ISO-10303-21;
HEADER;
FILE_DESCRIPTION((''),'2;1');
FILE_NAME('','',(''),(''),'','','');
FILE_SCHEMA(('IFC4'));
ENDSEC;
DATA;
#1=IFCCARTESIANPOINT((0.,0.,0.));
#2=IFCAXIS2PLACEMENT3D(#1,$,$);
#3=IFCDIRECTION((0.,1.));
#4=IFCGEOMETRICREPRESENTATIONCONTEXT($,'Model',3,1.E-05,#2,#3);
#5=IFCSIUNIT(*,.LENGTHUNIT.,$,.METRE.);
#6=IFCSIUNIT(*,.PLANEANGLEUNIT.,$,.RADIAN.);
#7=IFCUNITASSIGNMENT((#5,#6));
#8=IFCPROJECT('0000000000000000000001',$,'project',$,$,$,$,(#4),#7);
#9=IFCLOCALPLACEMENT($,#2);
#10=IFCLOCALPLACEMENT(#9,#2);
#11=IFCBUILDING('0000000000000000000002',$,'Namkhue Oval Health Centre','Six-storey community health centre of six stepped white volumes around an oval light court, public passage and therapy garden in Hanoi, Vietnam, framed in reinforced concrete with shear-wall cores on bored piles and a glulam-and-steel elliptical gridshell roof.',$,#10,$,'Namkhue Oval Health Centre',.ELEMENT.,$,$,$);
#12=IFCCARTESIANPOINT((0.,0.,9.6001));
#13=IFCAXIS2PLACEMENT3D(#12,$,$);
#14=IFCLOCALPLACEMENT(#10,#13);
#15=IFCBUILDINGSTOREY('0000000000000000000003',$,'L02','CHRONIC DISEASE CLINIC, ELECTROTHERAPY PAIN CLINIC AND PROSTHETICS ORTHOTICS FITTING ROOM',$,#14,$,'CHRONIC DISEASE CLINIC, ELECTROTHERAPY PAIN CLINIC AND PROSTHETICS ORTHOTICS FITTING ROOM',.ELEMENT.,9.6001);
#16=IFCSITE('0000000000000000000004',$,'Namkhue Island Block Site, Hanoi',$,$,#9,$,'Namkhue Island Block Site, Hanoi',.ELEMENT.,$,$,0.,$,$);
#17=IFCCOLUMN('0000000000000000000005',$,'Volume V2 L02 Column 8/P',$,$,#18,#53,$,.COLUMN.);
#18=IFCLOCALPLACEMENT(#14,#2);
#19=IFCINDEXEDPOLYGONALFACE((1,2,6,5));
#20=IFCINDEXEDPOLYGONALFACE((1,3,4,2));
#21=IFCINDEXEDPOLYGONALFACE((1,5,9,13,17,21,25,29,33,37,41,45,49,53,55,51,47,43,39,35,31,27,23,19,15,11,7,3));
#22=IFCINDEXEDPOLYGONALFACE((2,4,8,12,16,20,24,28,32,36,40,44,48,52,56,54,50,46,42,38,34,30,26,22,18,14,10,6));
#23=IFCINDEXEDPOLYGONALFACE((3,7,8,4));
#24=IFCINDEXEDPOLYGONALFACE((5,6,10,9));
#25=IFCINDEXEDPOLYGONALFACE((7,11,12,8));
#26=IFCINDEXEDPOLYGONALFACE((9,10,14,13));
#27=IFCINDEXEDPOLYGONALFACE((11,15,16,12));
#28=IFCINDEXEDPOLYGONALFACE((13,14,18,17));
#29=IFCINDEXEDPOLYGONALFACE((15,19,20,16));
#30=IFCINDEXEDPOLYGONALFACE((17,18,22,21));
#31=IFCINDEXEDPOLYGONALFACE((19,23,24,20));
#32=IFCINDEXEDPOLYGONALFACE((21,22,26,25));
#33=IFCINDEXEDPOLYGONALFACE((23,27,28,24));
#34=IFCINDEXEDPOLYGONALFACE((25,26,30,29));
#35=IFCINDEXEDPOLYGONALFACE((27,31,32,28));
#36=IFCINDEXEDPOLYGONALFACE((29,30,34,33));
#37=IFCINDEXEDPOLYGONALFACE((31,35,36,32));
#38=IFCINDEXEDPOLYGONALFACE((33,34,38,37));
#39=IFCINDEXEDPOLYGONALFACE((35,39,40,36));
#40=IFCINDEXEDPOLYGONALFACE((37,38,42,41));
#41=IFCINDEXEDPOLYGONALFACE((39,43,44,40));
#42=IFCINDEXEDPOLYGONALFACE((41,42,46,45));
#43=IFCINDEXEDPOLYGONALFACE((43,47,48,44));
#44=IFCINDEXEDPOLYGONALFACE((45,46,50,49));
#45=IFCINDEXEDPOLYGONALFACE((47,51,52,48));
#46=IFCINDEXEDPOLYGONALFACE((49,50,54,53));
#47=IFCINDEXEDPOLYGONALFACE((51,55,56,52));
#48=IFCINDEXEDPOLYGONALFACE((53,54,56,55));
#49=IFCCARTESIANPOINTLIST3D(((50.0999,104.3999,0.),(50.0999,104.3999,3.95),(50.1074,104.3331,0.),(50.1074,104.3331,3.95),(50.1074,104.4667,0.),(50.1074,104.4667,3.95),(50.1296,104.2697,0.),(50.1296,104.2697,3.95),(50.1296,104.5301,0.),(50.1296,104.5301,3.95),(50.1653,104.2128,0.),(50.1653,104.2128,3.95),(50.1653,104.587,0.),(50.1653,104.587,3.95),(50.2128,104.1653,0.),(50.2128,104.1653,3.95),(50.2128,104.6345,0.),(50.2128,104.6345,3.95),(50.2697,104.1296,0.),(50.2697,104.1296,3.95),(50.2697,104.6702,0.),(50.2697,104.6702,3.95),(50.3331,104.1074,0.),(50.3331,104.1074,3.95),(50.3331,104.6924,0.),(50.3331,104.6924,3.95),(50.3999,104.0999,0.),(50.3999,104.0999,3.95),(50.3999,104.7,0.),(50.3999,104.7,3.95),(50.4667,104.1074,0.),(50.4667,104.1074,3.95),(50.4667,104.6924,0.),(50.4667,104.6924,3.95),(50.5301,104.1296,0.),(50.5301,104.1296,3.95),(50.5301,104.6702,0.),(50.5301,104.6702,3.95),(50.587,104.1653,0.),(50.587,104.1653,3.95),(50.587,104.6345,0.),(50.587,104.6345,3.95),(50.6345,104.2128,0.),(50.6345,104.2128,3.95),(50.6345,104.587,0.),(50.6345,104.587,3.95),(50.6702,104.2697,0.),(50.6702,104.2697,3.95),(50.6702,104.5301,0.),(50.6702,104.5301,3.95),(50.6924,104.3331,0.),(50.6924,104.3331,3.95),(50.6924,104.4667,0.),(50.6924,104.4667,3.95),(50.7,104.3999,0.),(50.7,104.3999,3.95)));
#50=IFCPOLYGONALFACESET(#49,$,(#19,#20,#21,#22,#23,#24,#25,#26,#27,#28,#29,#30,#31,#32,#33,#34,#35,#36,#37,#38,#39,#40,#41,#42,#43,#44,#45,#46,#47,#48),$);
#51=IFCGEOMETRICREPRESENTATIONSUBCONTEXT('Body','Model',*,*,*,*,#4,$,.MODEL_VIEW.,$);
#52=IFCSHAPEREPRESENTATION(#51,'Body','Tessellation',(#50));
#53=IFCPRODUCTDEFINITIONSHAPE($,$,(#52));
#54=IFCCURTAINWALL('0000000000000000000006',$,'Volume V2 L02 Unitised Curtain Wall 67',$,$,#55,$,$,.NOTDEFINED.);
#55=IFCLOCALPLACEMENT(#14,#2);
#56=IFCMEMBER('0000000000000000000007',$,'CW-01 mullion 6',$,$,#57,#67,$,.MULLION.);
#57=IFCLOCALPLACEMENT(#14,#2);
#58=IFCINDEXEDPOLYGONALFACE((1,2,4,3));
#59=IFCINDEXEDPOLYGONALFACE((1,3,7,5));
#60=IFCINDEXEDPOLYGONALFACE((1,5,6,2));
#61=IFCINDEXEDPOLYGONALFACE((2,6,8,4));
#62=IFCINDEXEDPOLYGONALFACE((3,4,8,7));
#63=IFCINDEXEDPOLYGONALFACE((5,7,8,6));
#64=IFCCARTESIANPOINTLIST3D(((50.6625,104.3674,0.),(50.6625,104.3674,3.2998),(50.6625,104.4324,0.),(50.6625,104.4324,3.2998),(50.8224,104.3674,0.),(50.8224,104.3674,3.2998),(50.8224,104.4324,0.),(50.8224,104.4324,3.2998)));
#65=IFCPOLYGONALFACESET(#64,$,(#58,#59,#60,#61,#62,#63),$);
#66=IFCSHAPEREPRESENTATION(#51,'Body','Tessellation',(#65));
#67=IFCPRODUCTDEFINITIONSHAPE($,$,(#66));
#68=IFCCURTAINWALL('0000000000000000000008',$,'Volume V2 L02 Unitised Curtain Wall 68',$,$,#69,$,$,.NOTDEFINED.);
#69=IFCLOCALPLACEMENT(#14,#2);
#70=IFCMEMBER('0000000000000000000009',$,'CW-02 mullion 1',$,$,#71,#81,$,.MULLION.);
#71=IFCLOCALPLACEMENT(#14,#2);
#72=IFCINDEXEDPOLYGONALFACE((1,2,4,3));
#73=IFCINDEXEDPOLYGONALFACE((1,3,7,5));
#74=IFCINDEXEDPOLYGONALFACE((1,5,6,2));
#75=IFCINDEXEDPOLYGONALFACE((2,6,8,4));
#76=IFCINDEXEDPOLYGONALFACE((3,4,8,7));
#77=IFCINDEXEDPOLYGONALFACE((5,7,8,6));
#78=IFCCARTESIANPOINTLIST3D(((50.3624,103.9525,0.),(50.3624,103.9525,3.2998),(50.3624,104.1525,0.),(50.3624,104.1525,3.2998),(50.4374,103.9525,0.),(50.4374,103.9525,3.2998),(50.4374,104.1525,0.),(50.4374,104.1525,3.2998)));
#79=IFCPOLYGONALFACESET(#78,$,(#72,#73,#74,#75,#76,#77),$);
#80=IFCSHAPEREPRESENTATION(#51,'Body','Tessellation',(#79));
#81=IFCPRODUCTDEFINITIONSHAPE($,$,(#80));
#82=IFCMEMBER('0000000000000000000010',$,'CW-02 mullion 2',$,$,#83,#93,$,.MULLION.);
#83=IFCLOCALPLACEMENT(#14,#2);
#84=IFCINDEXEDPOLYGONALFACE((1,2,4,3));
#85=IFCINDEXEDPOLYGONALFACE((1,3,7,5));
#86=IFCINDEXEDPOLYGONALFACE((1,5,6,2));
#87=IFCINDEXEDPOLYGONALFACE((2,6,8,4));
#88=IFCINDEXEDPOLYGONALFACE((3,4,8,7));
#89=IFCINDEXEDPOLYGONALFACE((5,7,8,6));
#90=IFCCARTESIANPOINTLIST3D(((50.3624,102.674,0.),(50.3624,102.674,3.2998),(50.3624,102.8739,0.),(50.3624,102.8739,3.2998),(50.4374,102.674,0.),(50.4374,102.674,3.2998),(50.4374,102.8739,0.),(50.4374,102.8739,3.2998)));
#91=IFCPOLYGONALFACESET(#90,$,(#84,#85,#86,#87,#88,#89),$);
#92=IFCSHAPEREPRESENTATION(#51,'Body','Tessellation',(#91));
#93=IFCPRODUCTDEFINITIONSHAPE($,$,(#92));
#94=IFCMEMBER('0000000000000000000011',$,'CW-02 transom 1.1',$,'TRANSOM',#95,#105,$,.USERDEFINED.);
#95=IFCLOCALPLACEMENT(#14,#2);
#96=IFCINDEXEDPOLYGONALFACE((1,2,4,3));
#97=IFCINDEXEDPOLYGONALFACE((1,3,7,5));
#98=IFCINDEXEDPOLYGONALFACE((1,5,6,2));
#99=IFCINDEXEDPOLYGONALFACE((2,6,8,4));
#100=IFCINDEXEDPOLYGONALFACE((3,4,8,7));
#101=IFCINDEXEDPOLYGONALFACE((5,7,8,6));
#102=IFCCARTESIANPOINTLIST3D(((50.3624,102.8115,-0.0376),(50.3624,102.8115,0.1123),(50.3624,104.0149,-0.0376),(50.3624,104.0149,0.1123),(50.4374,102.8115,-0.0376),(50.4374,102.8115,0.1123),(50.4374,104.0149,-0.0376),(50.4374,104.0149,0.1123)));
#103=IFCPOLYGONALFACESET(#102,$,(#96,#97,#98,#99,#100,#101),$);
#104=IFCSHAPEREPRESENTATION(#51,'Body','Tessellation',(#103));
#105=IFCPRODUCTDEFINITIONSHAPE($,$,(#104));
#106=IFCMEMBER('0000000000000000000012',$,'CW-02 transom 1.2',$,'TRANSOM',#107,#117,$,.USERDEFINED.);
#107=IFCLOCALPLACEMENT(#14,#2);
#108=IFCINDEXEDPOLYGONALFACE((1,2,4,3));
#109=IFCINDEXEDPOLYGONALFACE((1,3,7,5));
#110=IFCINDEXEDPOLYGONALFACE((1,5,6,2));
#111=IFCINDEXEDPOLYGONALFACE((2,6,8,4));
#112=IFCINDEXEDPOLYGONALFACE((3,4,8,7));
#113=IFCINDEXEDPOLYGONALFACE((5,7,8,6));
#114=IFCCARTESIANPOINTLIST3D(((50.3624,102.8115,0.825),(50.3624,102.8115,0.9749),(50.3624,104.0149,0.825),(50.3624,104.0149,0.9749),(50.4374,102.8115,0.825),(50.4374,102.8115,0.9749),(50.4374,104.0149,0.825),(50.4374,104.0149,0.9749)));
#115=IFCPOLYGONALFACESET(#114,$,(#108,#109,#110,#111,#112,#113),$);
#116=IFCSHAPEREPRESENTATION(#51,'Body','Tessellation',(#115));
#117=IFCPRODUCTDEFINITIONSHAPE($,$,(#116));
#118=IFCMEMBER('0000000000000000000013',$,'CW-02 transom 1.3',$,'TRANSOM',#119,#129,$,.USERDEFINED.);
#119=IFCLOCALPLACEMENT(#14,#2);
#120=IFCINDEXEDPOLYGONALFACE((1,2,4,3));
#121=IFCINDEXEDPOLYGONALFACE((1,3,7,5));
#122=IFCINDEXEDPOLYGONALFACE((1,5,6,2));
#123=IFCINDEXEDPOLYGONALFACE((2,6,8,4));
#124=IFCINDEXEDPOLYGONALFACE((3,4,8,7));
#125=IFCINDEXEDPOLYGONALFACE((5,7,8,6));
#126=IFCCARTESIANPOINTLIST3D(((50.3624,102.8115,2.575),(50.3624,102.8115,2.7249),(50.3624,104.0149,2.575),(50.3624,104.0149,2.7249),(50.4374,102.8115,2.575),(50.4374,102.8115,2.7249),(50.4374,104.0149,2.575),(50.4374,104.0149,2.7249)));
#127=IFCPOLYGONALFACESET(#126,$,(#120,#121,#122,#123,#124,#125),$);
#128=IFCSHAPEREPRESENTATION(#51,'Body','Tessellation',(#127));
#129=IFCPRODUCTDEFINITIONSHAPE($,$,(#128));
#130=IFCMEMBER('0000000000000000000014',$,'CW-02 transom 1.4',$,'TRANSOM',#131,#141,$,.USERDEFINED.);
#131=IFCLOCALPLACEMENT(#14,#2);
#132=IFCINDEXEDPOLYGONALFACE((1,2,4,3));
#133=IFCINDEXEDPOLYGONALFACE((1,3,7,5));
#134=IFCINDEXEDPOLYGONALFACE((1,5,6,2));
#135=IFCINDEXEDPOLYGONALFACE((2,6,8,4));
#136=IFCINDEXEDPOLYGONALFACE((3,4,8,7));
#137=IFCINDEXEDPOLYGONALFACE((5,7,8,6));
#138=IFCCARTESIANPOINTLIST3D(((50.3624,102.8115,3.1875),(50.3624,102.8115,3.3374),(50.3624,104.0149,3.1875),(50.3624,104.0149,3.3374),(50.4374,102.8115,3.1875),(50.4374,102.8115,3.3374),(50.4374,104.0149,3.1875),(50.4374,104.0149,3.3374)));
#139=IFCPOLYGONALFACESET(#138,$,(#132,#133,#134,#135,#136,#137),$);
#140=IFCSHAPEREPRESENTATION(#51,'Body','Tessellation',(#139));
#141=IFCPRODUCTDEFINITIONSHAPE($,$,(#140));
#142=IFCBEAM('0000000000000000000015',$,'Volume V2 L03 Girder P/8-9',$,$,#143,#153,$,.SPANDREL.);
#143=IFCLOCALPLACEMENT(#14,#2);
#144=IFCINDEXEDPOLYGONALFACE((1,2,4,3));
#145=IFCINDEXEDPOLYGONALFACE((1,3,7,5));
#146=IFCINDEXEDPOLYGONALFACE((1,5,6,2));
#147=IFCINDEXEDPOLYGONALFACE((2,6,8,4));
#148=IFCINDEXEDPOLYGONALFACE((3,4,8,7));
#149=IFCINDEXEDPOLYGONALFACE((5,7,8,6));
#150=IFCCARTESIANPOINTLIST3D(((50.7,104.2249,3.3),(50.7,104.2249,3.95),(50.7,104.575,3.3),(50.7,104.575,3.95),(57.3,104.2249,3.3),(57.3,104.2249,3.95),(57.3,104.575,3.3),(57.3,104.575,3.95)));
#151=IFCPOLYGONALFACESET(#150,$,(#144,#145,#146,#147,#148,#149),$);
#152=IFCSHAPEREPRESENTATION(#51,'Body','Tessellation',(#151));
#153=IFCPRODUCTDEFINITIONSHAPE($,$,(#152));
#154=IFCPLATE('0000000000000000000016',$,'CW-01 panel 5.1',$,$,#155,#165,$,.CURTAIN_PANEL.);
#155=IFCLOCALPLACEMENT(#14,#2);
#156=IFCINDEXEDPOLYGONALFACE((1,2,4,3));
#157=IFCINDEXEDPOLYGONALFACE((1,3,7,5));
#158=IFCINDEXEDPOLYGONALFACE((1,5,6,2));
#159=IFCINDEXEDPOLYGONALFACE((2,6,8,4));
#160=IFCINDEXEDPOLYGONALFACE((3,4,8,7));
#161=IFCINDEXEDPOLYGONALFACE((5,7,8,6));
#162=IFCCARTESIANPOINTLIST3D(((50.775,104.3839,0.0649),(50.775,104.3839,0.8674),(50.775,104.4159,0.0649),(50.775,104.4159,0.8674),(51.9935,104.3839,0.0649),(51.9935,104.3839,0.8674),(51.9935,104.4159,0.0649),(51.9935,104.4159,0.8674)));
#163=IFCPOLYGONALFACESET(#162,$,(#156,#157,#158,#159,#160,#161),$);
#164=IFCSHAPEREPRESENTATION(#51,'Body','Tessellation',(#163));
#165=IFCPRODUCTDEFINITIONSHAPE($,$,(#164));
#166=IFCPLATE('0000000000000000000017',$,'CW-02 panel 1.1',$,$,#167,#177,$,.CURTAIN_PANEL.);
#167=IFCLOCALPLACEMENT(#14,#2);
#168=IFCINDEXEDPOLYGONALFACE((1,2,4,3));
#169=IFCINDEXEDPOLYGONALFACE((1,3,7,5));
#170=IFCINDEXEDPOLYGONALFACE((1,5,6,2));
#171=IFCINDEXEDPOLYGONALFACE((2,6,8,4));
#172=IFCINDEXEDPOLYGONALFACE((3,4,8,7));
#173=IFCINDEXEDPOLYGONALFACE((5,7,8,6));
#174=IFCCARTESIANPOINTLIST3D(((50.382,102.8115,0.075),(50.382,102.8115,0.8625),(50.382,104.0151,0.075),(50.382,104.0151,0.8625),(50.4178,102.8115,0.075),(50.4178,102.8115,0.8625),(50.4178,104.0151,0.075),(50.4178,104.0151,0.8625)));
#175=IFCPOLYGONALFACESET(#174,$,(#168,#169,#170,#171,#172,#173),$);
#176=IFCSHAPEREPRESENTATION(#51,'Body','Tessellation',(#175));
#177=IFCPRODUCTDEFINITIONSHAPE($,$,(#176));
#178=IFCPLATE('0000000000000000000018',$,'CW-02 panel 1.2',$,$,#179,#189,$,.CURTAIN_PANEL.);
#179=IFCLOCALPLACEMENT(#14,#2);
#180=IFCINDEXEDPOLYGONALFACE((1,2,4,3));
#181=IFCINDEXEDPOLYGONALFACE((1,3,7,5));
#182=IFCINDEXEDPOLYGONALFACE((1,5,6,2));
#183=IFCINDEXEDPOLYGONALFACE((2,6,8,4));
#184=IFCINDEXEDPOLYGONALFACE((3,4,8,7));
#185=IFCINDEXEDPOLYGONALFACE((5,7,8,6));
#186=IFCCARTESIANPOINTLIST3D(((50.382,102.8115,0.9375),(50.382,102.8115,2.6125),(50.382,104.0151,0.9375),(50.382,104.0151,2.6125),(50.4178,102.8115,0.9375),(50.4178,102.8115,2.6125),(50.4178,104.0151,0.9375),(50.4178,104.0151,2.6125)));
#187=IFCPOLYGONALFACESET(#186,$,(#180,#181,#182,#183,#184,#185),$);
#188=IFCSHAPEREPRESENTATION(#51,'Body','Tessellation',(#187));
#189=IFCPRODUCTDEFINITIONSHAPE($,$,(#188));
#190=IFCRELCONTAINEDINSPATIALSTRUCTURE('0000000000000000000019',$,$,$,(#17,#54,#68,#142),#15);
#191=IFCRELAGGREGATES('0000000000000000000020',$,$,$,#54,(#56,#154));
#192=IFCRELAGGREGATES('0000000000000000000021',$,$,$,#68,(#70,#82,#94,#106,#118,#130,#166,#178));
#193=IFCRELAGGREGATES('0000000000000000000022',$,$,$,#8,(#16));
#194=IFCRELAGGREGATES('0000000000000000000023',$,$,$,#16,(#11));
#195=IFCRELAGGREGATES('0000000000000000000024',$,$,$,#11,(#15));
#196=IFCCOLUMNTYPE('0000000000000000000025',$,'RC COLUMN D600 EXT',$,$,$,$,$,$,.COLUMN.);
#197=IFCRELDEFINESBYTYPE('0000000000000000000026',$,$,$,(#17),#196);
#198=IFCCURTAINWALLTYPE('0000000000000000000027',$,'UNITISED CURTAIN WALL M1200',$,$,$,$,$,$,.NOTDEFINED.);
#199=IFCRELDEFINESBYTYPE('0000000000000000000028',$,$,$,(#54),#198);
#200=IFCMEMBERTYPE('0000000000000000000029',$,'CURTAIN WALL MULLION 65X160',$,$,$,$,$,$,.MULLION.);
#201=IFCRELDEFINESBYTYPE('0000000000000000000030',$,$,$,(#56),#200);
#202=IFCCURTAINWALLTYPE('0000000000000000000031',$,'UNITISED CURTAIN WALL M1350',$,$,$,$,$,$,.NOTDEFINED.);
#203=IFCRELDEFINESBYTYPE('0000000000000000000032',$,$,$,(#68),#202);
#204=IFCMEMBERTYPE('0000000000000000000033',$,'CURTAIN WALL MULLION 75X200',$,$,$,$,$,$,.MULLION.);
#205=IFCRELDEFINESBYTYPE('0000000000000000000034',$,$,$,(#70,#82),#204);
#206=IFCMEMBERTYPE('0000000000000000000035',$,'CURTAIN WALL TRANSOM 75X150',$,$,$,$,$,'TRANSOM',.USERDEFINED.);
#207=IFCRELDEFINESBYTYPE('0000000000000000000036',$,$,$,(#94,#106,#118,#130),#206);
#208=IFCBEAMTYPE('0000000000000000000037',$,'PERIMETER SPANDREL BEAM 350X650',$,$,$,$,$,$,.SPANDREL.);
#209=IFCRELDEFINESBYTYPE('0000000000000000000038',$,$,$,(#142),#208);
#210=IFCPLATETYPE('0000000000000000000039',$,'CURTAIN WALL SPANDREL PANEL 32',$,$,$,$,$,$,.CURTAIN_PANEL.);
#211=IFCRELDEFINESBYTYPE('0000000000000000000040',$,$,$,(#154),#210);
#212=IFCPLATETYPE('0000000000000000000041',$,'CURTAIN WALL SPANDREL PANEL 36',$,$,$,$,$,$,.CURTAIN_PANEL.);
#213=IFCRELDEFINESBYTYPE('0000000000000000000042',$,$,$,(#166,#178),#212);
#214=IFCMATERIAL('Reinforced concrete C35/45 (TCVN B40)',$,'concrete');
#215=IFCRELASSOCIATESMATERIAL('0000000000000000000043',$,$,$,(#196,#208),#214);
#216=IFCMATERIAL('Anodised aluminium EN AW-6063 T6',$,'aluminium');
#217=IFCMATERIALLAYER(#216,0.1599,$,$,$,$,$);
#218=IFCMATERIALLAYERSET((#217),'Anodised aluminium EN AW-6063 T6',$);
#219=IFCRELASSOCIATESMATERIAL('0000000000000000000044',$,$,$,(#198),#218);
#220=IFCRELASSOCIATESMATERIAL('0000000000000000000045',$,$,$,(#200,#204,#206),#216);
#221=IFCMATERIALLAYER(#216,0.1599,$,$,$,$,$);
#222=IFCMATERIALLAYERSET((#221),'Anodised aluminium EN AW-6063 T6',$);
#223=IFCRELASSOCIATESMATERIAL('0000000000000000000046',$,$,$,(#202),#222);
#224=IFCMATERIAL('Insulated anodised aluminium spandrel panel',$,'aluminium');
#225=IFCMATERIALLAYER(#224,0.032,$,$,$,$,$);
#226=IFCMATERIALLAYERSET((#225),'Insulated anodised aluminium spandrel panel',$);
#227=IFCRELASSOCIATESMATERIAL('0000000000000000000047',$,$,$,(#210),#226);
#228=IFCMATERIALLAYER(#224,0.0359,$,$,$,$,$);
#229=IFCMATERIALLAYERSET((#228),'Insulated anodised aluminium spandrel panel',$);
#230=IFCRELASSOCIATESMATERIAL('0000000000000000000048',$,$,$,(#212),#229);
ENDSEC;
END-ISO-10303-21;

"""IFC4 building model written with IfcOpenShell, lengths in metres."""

from ifc_helpers import new_model, si_unit, direction, frame, origin, origin_2d, place, context, subcontext, project, spatial, rectangle, circle, extrude, material, layer, layer_set, material_profile, profile_set, type_object, element, aggregate, save


model = new_model("IFC4")

# Units and contexts
model_context = context("Model", 3, precision=1e-05, world=origin(), true_north=direction((0.0, 1.0)))
body_context = subcontext(model_context, "Body", "Model", "MODEL_VIEW")
ifc_project = project(units=[si_unit("LENGTHUNIT", "METRE"), si_unit("PLANEANGLEUNIT", "RADIAN")], contexts=[model_context])

# Site, building, storey
site_placement = place(None, origin())
site = spatial("IfcSite", under=ifc_project, at=site_placement, Name="Namkhue Island Block Site, Hanoi", LongName="Namkhue Island Block Site, Hanoi", CompositionType="ELEMENT", RefElevation=0.0)
building_placement = place(site_placement, origin())
building = spatial("IfcBuilding", under=site, at=building_placement, Name="Namkhue Oval Health Centre", Description="Six-storey community health centre of six stepped white volumes around an oval light court, public passage and therapy garden in Hanoi, Vietnam, framed in reinforced concrete with shear-wall cores on bored piles and a glulam-and-steel elliptical gridshell roof.", LongName="Namkhue Oval Health Centre", CompositionType="ELEMENT")
storey_placement = place(building_placement, frame((0.0, 0.0, 9.6001)))
storey = spatial("IfcBuildingStorey", under=building, at=storey_placement, Name="L02", Description="CHRONIC DISEASE CLINIC, ELECTROTHERAPY PAIN CLINIC AND PROSTHETICS ORTHOTICS FITTING ROOM", LongName="CHRONIC DISEASE CLINIC, ELECTROTHERAPY PAIN CLINIC AND PROSTHETICS ORTHOTICS FITTING ROOM", CompositionType="ELEMENT", Elevation=9.6001)

# Column
ifc_material_1 = material(Name="Reinforced concrete C35/45 (TCVN B40)", Category="concrete")
ifc_material_profile_1 = material_profile(ifc_material_1, circle(Radius=0.3, at=origin_2d()), Name="RC D600")
ifc_profile_set_1 = profile_set([ifc_material_profile_1], Name="Reinforced concrete C35/45 (TCVN B40)")
column_type = type_object("IfcColumnType", Name="RC COLUMN D600 EXT", PredefinedType="COLUMN", material=ifc_profile_set_1)
column_placement = place(storey_placement, frame((50.3999, 104.3999, 0.0), z_axis=(0.0, 0.0, 1.0), x_axis=(1.0, 0.0, 0.0)))
element("IfcColumn", 1, at=column_placement, inside=storey, type_object=column_type, Name="Volume V2 L02 Column 8/P", PredefinedType="COLUMN", context=body_context, shape_type="SweptSolid", body=[
    extrude(circle(Radius=0.3, at=origin_2d()), origin(), (0.0, 0.0, 1.0), 3.95),
])

# Curtain wall, member
ifc_material_2 = material(Name="Anodised aluminium EN AW-6063 T6", Category="aluminium")
ifc_layer_1 = layer(ifc_material_2, 0.1599)
ifc_layer_set_1 = layer_set([ifc_layer_1], Name="Anodised aluminium EN AW-6063 T6")
curtain_wall_type_1 = type_object("IfcCurtainWallType", Name="UNITISED CURTAIN WALL M1200", PredefinedType="NOTDEFINED", material=ifc_layer_set_1)
curtain_wall_1_placement = place(storey_placement, origin())
curtain_wall_1 = element("IfcCurtainWall", 2, at=curtain_wall_1_placement, inside=storey, type_object=curtain_wall_type_1, Name="Volume V2 L02 Unitised Curtain Wall 67", PredefinedType="NOTDEFINED")
ifc_material_profile_2 = material_profile(ifc_material_2, rectangle(XDim=0.0649, YDim=0.1599, at=origin_2d()), Name="ALU 65x160")
ifc_profile_set_2 = profile_set([ifc_material_profile_2], Name="Anodised aluminium EN AW-6063 T6")
member_type_1 = type_object("IfcMemberType", Name="CURTAIN WALL MULLION 65X160", PredefinedType="MULLION", material=ifc_profile_set_2)
member_1_placement = place(storey_placement, frame((50.7424, 104.3999, 0.0), z_axis=(0.0, 0.0, 1.0), x_axis=(0.0, -1.0, 0.0)))
member_1 = element("IfcMember", 3, at=member_1_placement, type_object=member_type_1, Name="CW-01 mullion 6", PredefinedType="MULLION", context=body_context, shape_type="SweptSolid", body=[
    extrude(rectangle(XDim=0.0649, YDim=0.1599, at=origin_2d()), origin(), (0.0, 0.0, 1.0), 3.2998),
])

# Curtain wall, members
ifc_layer_2 = layer(ifc_material_2, 0.1599)
ifc_layer_set_2 = layer_set([ifc_layer_2], Name="Anodised aluminium EN AW-6063 T6")
curtain_wall_type_2 = type_object("IfcCurtainWallType", Name="UNITISED CURTAIN WALL M1350", PredefinedType="NOTDEFINED", material=ifc_layer_set_2)
curtain_wall_2_placement = place(storey_placement, origin())
curtain_wall_2 = element("IfcCurtainWall", 4, at=curtain_wall_2_placement, inside=storey, type_object=curtain_wall_type_2, Name="Volume V2 L02 Unitised Curtain Wall 68", PredefinedType="NOTDEFINED")
ifc_material_profile_3 = material_profile(ifc_material_2, rectangle(XDim=0.075, YDim=0.2, at=origin_2d()), Name="ALU 75x200")
ifc_profile_set_3 = profile_set([ifc_material_profile_3], Name="Anodised aluminium EN AW-6063 T6")
member_type_2 = type_object("IfcMemberType", Name="CURTAIN WALL MULLION 75X200", PredefinedType="MULLION", material=ifc_profile_set_3)
member_2_placement = place(storey_placement, frame((50.3999, 104.0525, 0.0), z_axis=(0.0, 0.0, 1.0), x_axis=(1.0, 0.0, 0.0)))
member_2 = element("IfcMember", 5, at=member_2_placement, type_object=member_type_2, Name="CW-02 mullion 1", PredefinedType="MULLION", context=body_context, shape_type="SweptSolid", body=[
    extrude(rectangle(XDim=0.075, YDim=0.2, at=origin_2d()), origin(), (0.0, 0.0, 1.0), 3.2998),
])
member_3_placement = place(storey_placement, frame((50.3999, 102.7739, 0.0), z_axis=(0.0, 0.0, 1.0), x_axis=(1.0, 0.0, 0.0)))
member_3 = element("IfcMember", 6, at=member_3_placement, type_object=member_type_2, Name="CW-02 mullion 2", PredefinedType="MULLION", context=body_context, shape_type="SweptSolid", body=[
    extrude(rectangle(XDim=0.075, YDim=0.2, at=origin_2d()), origin(), (0.0, 0.0, 1.0), 3.2998),
])
ifc_material_profile_4 = material_profile(ifc_material_2, rectangle(XDim=0.075, YDim=0.1499, at=origin_2d()), Name="ALU 75x150")
ifc_profile_set_4 = profile_set([ifc_material_profile_4], Name="Anodised aluminium EN AW-6063 T6")
member_type_3 = type_object("IfcMemberType", Name="CURTAIN WALL TRANSOM 75X150", ElementType="TRANSOM", PredefinedType="USERDEFINED", material=ifc_profile_set_4)
member_4_placement = place(storey_placement, frame((50.3999, 104.0149, 0.0374), z_axis=(0.0, -1.0, 0.0), x_axis=(1.0, 0.0, 0.0)))
member_4 = element("IfcMember", 7, at=member_4_placement, type_object=member_type_3, Name="CW-02 transom 1.1", ObjectType="TRANSOM", PredefinedType="USERDEFINED", context=body_context, shape_type="SweptSolid", body=[
    extrude(rectangle(XDim=0.075, YDim=0.1499, at=origin_2d()), origin(), (0.0, 0.0, 1.0), 1.2034),
])
member_5_placement = place(storey_placement, frame((50.3999, 104.0149, 0.8999), z_axis=(0.0, -1.0, 0.0), x_axis=(1.0, 0.0, 0.0)))
member_5 = element("IfcMember", 8, at=member_5_placement, type_object=member_type_3, Name="CW-02 transom 1.2", ObjectType="TRANSOM", PredefinedType="USERDEFINED", context=body_context, shape_type="SweptSolid", body=[
    extrude(rectangle(XDim=0.075, YDim=0.1499, at=origin_2d()), origin(), (0.0, 0.0, 1.0), 1.2034),
])
member_6_placement = place(storey_placement, frame((50.3999, 104.0149, 2.6499), z_axis=(0.0, -1.0, 0.0), x_axis=(1.0, 0.0, 0.0)))
member_6 = element("IfcMember", 9, at=member_6_placement, type_object=member_type_3, Name="CW-02 transom 1.3", ObjectType="TRANSOM", PredefinedType="USERDEFINED", context=body_context, shape_type="SweptSolid", body=[
    extrude(rectangle(XDim=0.075, YDim=0.1499, at=origin_2d()), origin(), (0.0, 0.0, 1.0), 1.2034),
])
member_7_placement = place(storey_placement, frame((50.3999, 104.0149, 3.2625), z_axis=(0.0, -1.0, 0.0), x_axis=(1.0, 0.0, 0.0)))
member_7 = element("IfcMember", 10, at=member_7_placement, type_object=member_type_3, Name="CW-02 transom 1.4", ObjectType="TRANSOM", PredefinedType="USERDEFINED", context=body_context, shape_type="SweptSolid", body=[
    extrude(rectangle(XDim=0.075, YDim=0.1499, at=origin_2d()), origin(), (0.0, 0.0, 1.0), 1.2034),
])

# Beam
ifc_material_profile_5 = material_profile(ifc_material_1, rectangle(XDim=0.3501, YDim=0.6499, at=origin_2d()), Name="RC 350x650")
ifc_profile_set_5 = profile_set([ifc_material_profile_5], Name="Reinforced concrete C35/45 (TCVN B40)")
beam_type = type_object("IfcBeamType", Name="PERIMETER SPANDREL BEAM 350X650", PredefinedType="SPANDREL", material=ifc_profile_set_5)
beam_placement = place(storey_placement, frame((50.7, 104.3999, 3.625), z_axis=(1.0, 0.0, 0.0), x_axis=(0.0, 1.0, 0.0)))
element("IfcBeam", 11, at=beam_placement, inside=storey, type_object=beam_type, Name="Volume V2 L03 Girder P/8-9", PredefinedType="SPANDREL", context=body_context, shape_type="SweptSolid", body=[
    extrude(rectangle(XDim=0.3501, YDim=0.6499, at=origin_2d()), origin(), (0.0, 0.0, 1.0), 6.6001),
])

# Plates
ifc_material_3 = material(Name="Insulated anodised aluminium spandrel panel", Category="aluminium")
ifc_layer_3 = layer(ifc_material_3, 0.032)
ifc_layer_set_3 = layer_set([ifc_layer_3], Name="Insulated anodised aluminium spandrel panel")
plate_type_1 = type_object("IfcPlateType", Name="CURTAIN WALL SPANDREL PANEL 32", PredefinedType="CURTAIN_PANEL", material=ifc_layer_set_3)
plate_1_placement = place(storey_placement, frame((51.3843, 104.3999, 0.0649), z_axis=(0.0, 0.0, 1.0), x_axis=(-1.0, 0.0, 0.0)))
plate_1 = element("IfcPlate", 12, at=plate_1_placement, type_object=plate_type_1, Name="CW-01 panel 5.1", PredefinedType="CURTAIN_PANEL", context=body_context, shape_type="SweptSolid", body=[
    extrude(rectangle(XDim=1.2185, YDim=0.032, at=origin_2d()), origin(), (0.0, 0.0, 1.0), 0.8025),
])
aggregate(curtain_wall_1, [member_1, plate_1])
ifc_layer_4 = layer(ifc_material_3, 0.0359)
ifc_layer_set_4 = layer_set([ifc_layer_4], Name="Insulated anodised aluminium spandrel panel")
plate_type_2 = type_object("IfcPlateType", Name="CURTAIN WALL SPANDREL PANEL 36", PredefinedType="CURTAIN_PANEL", material=ifc_layer_set_4)
plate_2_placement = place(storey_placement, frame((50.3999, 103.4133, 0.075), z_axis=(0.0, 0.0, 1.0), x_axis=(0.0, -1.0, 0.0)))
plate_2 = element("IfcPlate", 13, at=plate_2_placement, type_object=plate_type_2, Name="CW-02 panel 1.1", PredefinedType="CURTAIN_PANEL", context=body_context, shape_type="SweptSolid", body=[
    extrude(rectangle(XDim=1.2036, YDim=0.0359, at=origin_2d()), origin(), (0.0, 0.0, 1.0), 0.7876),
])
plate_3_placement = place(storey_placement, frame((50.3999, 103.4133, 0.9375), z_axis=(0.0, 0.0, 1.0), x_axis=(0.0, -1.0, 0.0)))
plate_3 = element("IfcPlate", 14, at=plate_3_placement, type_object=plate_type_2, Name="CW-02 panel 1.2", PredefinedType="CURTAIN_PANEL", context=body_context, shape_type="SweptSolid", body=[
    extrude(rectangle(XDim=1.2036, YDim=0.0359, at=origin_2d()), origin(), (0.0, 0.0, 1.0), 1.675),
])
aggregate(curtain_wall_2, [member_2, member_3, member_4, member_5, member_6, member_7, plate_2, plate_3])

save(model, "model.ifc")
